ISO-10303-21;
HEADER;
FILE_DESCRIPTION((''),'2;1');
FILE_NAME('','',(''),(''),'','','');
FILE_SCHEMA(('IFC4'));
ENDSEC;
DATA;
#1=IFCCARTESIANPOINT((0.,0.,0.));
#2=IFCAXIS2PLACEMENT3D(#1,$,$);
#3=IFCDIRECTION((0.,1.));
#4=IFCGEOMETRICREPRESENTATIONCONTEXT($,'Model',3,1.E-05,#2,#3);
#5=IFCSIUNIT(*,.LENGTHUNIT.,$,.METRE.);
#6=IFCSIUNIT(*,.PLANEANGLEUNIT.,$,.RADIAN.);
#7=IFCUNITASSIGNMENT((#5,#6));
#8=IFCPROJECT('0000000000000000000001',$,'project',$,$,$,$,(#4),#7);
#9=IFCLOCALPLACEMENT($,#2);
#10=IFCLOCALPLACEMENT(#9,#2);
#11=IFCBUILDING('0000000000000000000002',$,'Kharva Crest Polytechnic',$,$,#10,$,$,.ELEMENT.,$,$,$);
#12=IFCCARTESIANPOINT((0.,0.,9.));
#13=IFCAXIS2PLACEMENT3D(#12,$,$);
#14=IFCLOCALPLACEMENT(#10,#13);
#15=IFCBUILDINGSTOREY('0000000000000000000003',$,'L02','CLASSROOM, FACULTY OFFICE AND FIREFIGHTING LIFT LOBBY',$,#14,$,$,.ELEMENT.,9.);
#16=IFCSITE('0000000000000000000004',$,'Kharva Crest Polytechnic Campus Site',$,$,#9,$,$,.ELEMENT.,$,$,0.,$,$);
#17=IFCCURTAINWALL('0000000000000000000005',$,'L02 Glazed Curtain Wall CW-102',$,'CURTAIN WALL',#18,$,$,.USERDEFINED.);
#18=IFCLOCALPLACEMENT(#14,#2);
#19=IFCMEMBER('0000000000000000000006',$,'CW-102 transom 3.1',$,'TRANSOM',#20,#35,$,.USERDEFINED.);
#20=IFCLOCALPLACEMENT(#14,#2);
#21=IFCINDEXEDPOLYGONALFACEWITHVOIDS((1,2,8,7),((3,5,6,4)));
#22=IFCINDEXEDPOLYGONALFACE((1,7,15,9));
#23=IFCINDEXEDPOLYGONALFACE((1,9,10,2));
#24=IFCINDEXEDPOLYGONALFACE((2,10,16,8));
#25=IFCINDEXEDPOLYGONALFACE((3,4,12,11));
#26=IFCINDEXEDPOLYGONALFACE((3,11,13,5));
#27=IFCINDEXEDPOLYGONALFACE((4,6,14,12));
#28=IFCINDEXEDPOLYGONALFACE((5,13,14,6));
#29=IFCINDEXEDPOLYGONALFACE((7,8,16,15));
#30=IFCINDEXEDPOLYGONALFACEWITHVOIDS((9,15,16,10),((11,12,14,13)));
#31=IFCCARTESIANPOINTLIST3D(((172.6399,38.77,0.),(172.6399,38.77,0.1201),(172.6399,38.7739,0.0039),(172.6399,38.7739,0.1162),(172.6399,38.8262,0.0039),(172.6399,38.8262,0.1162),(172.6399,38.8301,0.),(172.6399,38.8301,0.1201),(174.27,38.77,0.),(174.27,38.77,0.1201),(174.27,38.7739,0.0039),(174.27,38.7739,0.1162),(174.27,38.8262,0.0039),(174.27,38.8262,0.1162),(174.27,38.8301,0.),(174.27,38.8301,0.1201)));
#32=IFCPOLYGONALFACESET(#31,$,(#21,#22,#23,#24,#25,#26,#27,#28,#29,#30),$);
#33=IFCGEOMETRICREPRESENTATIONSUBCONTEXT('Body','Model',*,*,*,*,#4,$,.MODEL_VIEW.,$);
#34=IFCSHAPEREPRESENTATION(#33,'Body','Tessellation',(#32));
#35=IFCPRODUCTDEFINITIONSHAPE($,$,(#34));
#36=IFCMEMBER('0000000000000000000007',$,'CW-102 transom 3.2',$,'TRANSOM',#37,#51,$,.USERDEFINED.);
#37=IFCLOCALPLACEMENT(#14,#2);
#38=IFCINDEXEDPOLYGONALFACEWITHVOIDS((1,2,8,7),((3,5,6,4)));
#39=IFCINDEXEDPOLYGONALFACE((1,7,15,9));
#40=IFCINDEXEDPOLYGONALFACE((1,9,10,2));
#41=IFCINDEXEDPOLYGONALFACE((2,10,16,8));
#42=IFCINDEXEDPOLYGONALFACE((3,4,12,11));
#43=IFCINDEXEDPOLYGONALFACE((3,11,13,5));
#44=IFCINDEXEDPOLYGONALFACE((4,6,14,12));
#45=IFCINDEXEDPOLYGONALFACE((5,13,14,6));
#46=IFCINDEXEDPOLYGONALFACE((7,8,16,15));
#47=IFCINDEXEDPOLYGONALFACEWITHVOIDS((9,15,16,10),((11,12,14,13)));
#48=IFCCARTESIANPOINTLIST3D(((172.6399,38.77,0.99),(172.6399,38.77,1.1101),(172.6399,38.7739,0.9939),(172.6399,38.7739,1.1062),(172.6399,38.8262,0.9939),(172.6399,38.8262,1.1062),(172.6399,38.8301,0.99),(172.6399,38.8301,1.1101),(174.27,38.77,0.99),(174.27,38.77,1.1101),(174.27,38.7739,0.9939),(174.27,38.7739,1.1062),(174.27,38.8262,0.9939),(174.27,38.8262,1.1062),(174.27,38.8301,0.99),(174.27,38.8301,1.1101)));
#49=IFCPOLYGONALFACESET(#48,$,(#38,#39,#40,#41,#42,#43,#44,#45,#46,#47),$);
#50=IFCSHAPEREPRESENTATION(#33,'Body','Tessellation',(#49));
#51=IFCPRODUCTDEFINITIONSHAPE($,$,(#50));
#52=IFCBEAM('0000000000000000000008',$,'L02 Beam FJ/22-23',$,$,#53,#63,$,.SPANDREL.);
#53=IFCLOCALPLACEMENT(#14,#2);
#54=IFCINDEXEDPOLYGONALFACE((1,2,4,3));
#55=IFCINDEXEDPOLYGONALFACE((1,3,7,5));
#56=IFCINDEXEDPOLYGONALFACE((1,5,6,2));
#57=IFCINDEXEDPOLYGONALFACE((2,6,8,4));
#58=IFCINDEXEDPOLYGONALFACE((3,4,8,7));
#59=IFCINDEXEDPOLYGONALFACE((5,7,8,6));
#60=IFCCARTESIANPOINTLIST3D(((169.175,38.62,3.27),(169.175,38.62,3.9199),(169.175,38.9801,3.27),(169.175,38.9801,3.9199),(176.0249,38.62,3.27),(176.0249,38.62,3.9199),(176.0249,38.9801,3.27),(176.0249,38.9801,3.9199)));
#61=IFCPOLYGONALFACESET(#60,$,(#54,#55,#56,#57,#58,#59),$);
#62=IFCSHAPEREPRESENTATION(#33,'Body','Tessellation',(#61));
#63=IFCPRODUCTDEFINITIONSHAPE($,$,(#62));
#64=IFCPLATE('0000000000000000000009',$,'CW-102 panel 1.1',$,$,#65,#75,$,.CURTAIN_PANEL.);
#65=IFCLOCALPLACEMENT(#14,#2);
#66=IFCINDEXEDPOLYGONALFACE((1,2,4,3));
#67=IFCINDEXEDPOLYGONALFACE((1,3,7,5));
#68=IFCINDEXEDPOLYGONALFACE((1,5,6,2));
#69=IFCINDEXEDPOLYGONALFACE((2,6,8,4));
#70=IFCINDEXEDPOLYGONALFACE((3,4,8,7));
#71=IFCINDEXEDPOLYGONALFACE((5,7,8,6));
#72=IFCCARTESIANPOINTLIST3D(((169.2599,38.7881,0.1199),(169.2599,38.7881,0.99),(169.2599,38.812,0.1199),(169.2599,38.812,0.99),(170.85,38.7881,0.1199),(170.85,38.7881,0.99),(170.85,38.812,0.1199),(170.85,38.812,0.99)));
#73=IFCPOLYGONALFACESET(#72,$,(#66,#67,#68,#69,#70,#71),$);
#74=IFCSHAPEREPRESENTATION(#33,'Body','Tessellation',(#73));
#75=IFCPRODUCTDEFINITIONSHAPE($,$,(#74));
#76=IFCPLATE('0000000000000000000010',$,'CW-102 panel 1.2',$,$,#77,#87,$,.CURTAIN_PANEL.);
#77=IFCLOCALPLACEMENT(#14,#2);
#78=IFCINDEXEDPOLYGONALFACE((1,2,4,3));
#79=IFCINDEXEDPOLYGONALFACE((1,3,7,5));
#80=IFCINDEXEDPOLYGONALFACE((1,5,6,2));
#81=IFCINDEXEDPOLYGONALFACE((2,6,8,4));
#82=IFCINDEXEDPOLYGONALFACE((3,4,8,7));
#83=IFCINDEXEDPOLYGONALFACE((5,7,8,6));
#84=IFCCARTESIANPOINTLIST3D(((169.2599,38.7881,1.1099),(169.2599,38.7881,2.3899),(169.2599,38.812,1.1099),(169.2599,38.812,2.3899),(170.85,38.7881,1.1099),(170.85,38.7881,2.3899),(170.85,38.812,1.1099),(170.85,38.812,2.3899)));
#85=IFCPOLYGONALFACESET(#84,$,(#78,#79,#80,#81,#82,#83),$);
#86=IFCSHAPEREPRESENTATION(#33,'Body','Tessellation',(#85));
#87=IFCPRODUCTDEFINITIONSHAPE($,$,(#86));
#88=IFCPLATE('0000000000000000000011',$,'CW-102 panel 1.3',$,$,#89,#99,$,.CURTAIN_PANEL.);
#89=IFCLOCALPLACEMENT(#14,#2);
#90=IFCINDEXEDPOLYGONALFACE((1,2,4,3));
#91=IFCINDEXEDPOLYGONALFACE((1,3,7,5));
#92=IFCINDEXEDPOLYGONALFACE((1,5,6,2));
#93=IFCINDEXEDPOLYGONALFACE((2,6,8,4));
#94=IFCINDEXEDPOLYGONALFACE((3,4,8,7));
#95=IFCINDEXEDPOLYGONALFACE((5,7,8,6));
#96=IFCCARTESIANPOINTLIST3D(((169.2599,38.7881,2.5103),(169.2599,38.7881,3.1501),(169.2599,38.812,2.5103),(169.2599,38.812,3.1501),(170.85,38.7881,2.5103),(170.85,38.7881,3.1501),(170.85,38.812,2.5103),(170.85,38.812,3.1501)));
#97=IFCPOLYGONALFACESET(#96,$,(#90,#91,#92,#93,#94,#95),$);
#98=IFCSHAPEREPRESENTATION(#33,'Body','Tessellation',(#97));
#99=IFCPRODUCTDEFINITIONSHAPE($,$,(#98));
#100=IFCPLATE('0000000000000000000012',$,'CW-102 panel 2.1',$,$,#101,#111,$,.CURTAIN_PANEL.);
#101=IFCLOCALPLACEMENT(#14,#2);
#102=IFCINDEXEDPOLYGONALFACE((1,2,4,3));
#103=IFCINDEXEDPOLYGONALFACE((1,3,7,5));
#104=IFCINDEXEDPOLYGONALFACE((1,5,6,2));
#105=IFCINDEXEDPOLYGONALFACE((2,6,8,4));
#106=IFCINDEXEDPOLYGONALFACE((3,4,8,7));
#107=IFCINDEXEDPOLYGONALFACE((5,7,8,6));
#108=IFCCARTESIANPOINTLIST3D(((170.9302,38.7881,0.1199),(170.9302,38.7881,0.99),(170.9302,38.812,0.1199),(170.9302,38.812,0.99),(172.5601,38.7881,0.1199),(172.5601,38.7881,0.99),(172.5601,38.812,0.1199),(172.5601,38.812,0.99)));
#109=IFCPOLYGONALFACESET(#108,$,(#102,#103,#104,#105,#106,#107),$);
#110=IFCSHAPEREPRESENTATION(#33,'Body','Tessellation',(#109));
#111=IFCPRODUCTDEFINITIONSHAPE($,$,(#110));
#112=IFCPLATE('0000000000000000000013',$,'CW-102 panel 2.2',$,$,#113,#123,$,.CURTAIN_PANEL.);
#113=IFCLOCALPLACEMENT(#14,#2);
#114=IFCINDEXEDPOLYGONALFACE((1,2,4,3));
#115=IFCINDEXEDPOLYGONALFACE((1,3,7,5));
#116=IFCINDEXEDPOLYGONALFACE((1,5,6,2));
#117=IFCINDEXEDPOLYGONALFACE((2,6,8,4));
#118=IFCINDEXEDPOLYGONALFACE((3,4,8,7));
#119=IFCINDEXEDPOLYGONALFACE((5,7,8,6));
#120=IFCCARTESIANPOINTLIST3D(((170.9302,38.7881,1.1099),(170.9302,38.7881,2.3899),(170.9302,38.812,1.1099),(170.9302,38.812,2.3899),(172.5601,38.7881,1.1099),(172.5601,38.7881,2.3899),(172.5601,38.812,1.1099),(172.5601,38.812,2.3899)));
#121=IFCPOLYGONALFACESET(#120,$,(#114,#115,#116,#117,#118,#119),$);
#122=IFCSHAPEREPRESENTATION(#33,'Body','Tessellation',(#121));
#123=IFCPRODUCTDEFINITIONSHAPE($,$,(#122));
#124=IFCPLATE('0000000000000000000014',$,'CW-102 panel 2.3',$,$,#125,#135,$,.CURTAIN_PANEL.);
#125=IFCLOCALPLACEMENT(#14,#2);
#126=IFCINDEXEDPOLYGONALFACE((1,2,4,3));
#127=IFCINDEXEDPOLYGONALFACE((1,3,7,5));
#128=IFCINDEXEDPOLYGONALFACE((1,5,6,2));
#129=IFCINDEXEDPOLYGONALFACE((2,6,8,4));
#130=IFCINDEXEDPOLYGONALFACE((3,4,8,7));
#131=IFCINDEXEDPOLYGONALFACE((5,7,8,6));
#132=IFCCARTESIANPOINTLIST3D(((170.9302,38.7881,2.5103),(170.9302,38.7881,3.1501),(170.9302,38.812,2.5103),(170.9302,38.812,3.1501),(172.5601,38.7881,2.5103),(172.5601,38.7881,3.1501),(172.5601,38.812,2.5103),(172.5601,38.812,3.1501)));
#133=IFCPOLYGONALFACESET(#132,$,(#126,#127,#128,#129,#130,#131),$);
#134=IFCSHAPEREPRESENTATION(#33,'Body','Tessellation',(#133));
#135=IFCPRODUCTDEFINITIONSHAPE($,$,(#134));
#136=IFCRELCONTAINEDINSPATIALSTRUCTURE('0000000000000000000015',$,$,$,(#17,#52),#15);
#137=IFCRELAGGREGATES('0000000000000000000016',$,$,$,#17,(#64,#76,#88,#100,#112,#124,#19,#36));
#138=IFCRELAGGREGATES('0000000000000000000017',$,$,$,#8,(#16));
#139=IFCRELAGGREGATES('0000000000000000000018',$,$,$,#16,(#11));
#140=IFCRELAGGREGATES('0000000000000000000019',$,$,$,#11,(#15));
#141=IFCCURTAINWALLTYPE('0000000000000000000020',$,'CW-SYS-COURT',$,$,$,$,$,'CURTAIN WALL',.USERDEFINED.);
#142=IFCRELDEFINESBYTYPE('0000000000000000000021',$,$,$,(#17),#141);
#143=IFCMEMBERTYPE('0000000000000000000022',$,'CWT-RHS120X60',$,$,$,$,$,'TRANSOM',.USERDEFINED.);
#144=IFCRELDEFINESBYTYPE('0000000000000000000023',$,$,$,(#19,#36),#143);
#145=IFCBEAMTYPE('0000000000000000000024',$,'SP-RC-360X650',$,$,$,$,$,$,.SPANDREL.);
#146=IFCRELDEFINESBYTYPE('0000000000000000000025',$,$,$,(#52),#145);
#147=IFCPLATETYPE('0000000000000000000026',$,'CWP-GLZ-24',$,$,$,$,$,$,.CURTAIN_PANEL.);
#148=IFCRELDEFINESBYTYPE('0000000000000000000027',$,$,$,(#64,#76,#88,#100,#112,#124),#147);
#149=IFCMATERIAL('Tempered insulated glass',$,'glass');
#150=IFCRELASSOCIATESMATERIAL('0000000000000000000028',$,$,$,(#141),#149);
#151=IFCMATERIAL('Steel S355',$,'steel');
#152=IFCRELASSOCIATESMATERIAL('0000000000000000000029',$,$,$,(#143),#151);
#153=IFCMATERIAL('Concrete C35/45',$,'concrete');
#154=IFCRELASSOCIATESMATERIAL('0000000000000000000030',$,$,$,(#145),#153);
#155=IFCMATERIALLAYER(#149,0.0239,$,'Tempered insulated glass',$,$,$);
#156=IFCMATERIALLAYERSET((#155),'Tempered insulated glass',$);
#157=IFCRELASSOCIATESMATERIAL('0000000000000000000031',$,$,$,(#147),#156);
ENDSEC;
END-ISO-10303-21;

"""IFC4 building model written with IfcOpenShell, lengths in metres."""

from ifc_helpers import new_model, si_unit, direction, frame, origin, origin_2d, place, context, subcontext, project, spatial, rectangle, hollow_rectangle, extrude, material, layer, layer_set, material_profile, profile_set, type_object, element, aggregate, save


model = new_model("IFC4")

# Units and contexts
model_context = context("Model", 3, precision=1e-05, world=origin(), true_north=direction((0.0, 1.0)))
body_context = subcontext(model_context, "Body", "Model", "MODEL_VIEW")
ifc_project = project(units=[si_unit("LENGTHUNIT", "METRE"), si_unit("PLANEANGLEUNIT", "RADIAN")], contexts=[model_context])

# Site, building, storey
site_placement = place(None, origin())
site = spatial("IfcSite", under=ifc_project, at=site_placement, Name="Kharva Crest Polytechnic Campus Site", CompositionType="ELEMENT", RefElevation=0.0)
building_placement = place(site_placement, origin())
building = spatial("IfcBuilding", under=site, at=building_placement, Name="Kharva Crest Polytechnic", CompositionType="ELEMENT")
storey_placement = place(building_placement, frame((0.0, 0.0, 9.0)))
storey = spatial("IfcBuildingStorey", under=building, at=storey_placement, Name="L02", Description="CLASSROOM, FACULTY OFFICE AND FIREFIGHTING LIFT LOBBY", CompositionType="ELEMENT", Elevation=9.0)

# Curtain wall, members
ifc_material_1 = material(Name="Tempered insulated glass", Category="glass")
curtain_wall_type = type_object("IfcCurtainWallType", Name="CW-SYS-COURT", ElementType="CURTAIN WALL", PredefinedType="USERDEFINED", material=ifc_material_1)
curtain_wall_placement = place(storey_placement, origin())
curtain_wall = element("IfcCurtainWall", 1, at=curtain_wall_placement, inside=storey, type_object=curtain_wall_type, Name="L02 Glazed Curtain Wall CW-102", ObjectType="CURTAIN WALL", PredefinedType="USERDEFINED")
ifc_material_2 = material(Name="Steel S355", Category="steel")
ifc_material_profile_1 = material_profile(ifc_material_2, hollow_rectangle(XDim=0.0601, YDim=0.1201, WallThickness=0.0039, at=origin_2d()), Name="RHS 120X60X4.0")
ifc_profile_set_1 = profile_set([ifc_material_profile_1], Name="Steel S355")
member_type_1 = type_object("IfcMemberType", Name="CWT-RHS120X60", ElementType="TRANSOM", PredefinedType="USERDEFINED", material=ifc_profile_set_1)
member_1_placement = place(storey_placement, frame((172.6399, 38.8, 0.0601), z_axis=(1.0, 0.0, 0.0), x_axis=(0.0, 1.0, 0.0)))
member_1 = element("IfcMember", 2, at=member_1_placement, type_object=member_type_1, Name="CW-102 transom 3.1", ObjectType="TRANSOM", PredefinedType="USERDEFINED", context=body_context, shape_type="SweptSolid", body=[
    extrude(hollow_rectangle(XDim=0.0601, YDim=0.1201, WallThickness=0.0039, at=origin_2d()), origin(), (0.0, 0.0, 1.0), 1.6301),
])
member_2_placement = place(storey_placement, frame((172.6399, 38.8, 1.05), z_axis=(1.0, 0.0, 0.0), x_axis=(0.0, 1.0, 0.0)))
member_2 = element("IfcMember", 3, at=member_2_placement, type_object=member_type_1, Name="CW-102 transom 3.2", ObjectType="TRANSOM", PredefinedType="USERDEFINED", context=body_context, shape_type="SweptSolid", body=[
    extrude(hollow_rectangle(XDim=0.0601, YDim=0.1201, WallThickness=0.0039, at=origin_2d()), origin(), (0.0, 0.0, 1.0), 1.6301),
])

# Beam
ifc_material_3 = material(Name="Concrete C35/45", Category="concrete")
ifc_material_profile_2 = material_profile(ifc_material_3, rectangle(XDim=0.3601, YDim=0.6499, at=origin_2d()), Name="RECT 360 X 650")
ifc_profile_set_2 = profile_set([ifc_material_profile_2], Name="Concrete C35/45")
beam_type = type_object("IfcBeamType", Name="SP-RC-360X650", PredefinedType="SPANDREL", material=ifc_profile_set_2)
beam_placement = place(storey_placement, frame((169.175, 38.8, 3.595), z_axis=(1.0, 0.0, 0.0), x_axis=(0.0, 1.0, 0.0)))
element("IfcBeam", 4, at=beam_placement, inside=storey, type_object=beam_type, Name="L02 Beam FJ/22-23", PredefinedType="SPANDREL", context=body_context, shape_type="SweptSolid", body=[
    extrude(rectangle(XDim=0.3601, YDim=0.6499, at=origin_2d()), origin(), (0.0, 0.0, 1.0), 6.8499),
])

# Plates
ifc_layer = layer(ifc_material_1, 0.0239, Name="Tempered insulated glass")
ifc_layer_set = layer_set([ifc_layer], Name="Tempered insulated glass")
plate_type = type_object("IfcPlateType", Name="CWP-GLZ-24", PredefinedType="CURTAIN_PANEL", material=ifc_layer_set)
plate_1_placement = place(storey_placement, frame((170.0549, 38.8, 0.1199), z_axis=(0.0, 0.0, 1.0), x_axis=(1.0, 0.0, 0.0)))
plate_1 = element("IfcPlate", 5, at=plate_1_placement, type_object=plate_type, Name="CW-102 panel 1.1", PredefinedType="CURTAIN_PANEL", context=body_context, shape_type="SweptSolid", body=[
    extrude(rectangle(XDim=1.5901, YDim=0.0239, at=origin_2d()), origin(), (0.0, 0.0, 1.0), 0.8701),
])
plate_2_placement = place(storey_placement, frame((170.0549, 38.8, 1.1099), z_axis=(0.0, 0.0, 1.0), x_axis=(1.0, 0.0, 0.0)))
plate_2 = element("IfcPlate", 6, at=plate_2_placement, type_object=plate_type, Name="CW-102 panel 1.2", PredefinedType="CURTAIN_PANEL", context=body_context, shape_type="SweptSolid", body=[
    extrude(rectangle(XDim=1.5901, YDim=0.0239, at=origin_2d()), origin(), (0.0, 0.0, 1.0), 1.28),
])
plate_3_placement = place(storey_placement, frame((170.0549, 38.8, 2.5103), z_axis=(0.0, 0.0, 1.0), x_axis=(1.0, 0.0, 0.0)))
plate_3 = element("IfcPlate", 7, at=plate_3_placement, type_object=plate_type, Name="CW-102 panel 1.3", PredefinedType="CURTAIN_PANEL", context=body_context, shape_type="SweptSolid", body=[
    extrude(rectangle(XDim=1.5901, YDim=0.0239, at=origin_2d()), origin(), (0.0, 0.0, 1.0), 0.6399),
])
plate_4_placement = place(storey_placement, frame((171.7451, 38.8, 0.1199), z_axis=(0.0, 0.0, 1.0), x_axis=(1.0, 0.0, 0.0)))
plate_4 = element("IfcPlate", 8, at=plate_4_placement, type_object=plate_type, Name="CW-102 panel 2.1", PredefinedType="CURTAIN_PANEL", context=body_context, shape_type="SweptSolid", body=[
    extrude(rectangle(XDim=1.6299, YDim=0.0239, at=origin_2d()), origin(), (0.0, 0.0, 1.0), 0.8701),
])
plate_5_placement = place(storey_placement, frame((171.7451, 38.8, 1.1099), z_axis=(0.0, 0.0, 1.0), x_axis=(1.0, 0.0, 0.0)))
plate_5 = element("IfcPlate", 9, at=plate_5_placement, type_object=plate_type, Name="CW-102 panel 2.2", PredefinedType="CURTAIN_PANEL", context=body_context, shape_type="SweptSolid", body=[
    extrude(rectangle(XDim=1.6299, YDim=0.0239, at=origin_2d()), origin(), (0.0, 0.0, 1.0), 1.28),
])
plate_6_placement = place(storey_placement, frame((171.7451, 38.8, 2.5103), z_axis=(0.0, 0.0, 1.0), x_axis=(1.0, 0.0, 0.0)))
plate_6 = element("IfcPlate", 10, at=plate_6_placement, type_object=plate_type, Name="CW-102 panel 2.3", PredefinedType="CURTAIN_PANEL", context=body_context, shape_type="SweptSolid", body=[
    extrude(rectangle(XDim=1.6299, YDim=0.0239, at=origin_2d()), origin(), (0.0, 0.0, 1.0), 0.6399),
])
aggregate(curtain_wall, [plate_1, plate_2, plate_3, plate_4, plate_5, plate_6, member_1, member_2])

save(model, "model.ifc")
